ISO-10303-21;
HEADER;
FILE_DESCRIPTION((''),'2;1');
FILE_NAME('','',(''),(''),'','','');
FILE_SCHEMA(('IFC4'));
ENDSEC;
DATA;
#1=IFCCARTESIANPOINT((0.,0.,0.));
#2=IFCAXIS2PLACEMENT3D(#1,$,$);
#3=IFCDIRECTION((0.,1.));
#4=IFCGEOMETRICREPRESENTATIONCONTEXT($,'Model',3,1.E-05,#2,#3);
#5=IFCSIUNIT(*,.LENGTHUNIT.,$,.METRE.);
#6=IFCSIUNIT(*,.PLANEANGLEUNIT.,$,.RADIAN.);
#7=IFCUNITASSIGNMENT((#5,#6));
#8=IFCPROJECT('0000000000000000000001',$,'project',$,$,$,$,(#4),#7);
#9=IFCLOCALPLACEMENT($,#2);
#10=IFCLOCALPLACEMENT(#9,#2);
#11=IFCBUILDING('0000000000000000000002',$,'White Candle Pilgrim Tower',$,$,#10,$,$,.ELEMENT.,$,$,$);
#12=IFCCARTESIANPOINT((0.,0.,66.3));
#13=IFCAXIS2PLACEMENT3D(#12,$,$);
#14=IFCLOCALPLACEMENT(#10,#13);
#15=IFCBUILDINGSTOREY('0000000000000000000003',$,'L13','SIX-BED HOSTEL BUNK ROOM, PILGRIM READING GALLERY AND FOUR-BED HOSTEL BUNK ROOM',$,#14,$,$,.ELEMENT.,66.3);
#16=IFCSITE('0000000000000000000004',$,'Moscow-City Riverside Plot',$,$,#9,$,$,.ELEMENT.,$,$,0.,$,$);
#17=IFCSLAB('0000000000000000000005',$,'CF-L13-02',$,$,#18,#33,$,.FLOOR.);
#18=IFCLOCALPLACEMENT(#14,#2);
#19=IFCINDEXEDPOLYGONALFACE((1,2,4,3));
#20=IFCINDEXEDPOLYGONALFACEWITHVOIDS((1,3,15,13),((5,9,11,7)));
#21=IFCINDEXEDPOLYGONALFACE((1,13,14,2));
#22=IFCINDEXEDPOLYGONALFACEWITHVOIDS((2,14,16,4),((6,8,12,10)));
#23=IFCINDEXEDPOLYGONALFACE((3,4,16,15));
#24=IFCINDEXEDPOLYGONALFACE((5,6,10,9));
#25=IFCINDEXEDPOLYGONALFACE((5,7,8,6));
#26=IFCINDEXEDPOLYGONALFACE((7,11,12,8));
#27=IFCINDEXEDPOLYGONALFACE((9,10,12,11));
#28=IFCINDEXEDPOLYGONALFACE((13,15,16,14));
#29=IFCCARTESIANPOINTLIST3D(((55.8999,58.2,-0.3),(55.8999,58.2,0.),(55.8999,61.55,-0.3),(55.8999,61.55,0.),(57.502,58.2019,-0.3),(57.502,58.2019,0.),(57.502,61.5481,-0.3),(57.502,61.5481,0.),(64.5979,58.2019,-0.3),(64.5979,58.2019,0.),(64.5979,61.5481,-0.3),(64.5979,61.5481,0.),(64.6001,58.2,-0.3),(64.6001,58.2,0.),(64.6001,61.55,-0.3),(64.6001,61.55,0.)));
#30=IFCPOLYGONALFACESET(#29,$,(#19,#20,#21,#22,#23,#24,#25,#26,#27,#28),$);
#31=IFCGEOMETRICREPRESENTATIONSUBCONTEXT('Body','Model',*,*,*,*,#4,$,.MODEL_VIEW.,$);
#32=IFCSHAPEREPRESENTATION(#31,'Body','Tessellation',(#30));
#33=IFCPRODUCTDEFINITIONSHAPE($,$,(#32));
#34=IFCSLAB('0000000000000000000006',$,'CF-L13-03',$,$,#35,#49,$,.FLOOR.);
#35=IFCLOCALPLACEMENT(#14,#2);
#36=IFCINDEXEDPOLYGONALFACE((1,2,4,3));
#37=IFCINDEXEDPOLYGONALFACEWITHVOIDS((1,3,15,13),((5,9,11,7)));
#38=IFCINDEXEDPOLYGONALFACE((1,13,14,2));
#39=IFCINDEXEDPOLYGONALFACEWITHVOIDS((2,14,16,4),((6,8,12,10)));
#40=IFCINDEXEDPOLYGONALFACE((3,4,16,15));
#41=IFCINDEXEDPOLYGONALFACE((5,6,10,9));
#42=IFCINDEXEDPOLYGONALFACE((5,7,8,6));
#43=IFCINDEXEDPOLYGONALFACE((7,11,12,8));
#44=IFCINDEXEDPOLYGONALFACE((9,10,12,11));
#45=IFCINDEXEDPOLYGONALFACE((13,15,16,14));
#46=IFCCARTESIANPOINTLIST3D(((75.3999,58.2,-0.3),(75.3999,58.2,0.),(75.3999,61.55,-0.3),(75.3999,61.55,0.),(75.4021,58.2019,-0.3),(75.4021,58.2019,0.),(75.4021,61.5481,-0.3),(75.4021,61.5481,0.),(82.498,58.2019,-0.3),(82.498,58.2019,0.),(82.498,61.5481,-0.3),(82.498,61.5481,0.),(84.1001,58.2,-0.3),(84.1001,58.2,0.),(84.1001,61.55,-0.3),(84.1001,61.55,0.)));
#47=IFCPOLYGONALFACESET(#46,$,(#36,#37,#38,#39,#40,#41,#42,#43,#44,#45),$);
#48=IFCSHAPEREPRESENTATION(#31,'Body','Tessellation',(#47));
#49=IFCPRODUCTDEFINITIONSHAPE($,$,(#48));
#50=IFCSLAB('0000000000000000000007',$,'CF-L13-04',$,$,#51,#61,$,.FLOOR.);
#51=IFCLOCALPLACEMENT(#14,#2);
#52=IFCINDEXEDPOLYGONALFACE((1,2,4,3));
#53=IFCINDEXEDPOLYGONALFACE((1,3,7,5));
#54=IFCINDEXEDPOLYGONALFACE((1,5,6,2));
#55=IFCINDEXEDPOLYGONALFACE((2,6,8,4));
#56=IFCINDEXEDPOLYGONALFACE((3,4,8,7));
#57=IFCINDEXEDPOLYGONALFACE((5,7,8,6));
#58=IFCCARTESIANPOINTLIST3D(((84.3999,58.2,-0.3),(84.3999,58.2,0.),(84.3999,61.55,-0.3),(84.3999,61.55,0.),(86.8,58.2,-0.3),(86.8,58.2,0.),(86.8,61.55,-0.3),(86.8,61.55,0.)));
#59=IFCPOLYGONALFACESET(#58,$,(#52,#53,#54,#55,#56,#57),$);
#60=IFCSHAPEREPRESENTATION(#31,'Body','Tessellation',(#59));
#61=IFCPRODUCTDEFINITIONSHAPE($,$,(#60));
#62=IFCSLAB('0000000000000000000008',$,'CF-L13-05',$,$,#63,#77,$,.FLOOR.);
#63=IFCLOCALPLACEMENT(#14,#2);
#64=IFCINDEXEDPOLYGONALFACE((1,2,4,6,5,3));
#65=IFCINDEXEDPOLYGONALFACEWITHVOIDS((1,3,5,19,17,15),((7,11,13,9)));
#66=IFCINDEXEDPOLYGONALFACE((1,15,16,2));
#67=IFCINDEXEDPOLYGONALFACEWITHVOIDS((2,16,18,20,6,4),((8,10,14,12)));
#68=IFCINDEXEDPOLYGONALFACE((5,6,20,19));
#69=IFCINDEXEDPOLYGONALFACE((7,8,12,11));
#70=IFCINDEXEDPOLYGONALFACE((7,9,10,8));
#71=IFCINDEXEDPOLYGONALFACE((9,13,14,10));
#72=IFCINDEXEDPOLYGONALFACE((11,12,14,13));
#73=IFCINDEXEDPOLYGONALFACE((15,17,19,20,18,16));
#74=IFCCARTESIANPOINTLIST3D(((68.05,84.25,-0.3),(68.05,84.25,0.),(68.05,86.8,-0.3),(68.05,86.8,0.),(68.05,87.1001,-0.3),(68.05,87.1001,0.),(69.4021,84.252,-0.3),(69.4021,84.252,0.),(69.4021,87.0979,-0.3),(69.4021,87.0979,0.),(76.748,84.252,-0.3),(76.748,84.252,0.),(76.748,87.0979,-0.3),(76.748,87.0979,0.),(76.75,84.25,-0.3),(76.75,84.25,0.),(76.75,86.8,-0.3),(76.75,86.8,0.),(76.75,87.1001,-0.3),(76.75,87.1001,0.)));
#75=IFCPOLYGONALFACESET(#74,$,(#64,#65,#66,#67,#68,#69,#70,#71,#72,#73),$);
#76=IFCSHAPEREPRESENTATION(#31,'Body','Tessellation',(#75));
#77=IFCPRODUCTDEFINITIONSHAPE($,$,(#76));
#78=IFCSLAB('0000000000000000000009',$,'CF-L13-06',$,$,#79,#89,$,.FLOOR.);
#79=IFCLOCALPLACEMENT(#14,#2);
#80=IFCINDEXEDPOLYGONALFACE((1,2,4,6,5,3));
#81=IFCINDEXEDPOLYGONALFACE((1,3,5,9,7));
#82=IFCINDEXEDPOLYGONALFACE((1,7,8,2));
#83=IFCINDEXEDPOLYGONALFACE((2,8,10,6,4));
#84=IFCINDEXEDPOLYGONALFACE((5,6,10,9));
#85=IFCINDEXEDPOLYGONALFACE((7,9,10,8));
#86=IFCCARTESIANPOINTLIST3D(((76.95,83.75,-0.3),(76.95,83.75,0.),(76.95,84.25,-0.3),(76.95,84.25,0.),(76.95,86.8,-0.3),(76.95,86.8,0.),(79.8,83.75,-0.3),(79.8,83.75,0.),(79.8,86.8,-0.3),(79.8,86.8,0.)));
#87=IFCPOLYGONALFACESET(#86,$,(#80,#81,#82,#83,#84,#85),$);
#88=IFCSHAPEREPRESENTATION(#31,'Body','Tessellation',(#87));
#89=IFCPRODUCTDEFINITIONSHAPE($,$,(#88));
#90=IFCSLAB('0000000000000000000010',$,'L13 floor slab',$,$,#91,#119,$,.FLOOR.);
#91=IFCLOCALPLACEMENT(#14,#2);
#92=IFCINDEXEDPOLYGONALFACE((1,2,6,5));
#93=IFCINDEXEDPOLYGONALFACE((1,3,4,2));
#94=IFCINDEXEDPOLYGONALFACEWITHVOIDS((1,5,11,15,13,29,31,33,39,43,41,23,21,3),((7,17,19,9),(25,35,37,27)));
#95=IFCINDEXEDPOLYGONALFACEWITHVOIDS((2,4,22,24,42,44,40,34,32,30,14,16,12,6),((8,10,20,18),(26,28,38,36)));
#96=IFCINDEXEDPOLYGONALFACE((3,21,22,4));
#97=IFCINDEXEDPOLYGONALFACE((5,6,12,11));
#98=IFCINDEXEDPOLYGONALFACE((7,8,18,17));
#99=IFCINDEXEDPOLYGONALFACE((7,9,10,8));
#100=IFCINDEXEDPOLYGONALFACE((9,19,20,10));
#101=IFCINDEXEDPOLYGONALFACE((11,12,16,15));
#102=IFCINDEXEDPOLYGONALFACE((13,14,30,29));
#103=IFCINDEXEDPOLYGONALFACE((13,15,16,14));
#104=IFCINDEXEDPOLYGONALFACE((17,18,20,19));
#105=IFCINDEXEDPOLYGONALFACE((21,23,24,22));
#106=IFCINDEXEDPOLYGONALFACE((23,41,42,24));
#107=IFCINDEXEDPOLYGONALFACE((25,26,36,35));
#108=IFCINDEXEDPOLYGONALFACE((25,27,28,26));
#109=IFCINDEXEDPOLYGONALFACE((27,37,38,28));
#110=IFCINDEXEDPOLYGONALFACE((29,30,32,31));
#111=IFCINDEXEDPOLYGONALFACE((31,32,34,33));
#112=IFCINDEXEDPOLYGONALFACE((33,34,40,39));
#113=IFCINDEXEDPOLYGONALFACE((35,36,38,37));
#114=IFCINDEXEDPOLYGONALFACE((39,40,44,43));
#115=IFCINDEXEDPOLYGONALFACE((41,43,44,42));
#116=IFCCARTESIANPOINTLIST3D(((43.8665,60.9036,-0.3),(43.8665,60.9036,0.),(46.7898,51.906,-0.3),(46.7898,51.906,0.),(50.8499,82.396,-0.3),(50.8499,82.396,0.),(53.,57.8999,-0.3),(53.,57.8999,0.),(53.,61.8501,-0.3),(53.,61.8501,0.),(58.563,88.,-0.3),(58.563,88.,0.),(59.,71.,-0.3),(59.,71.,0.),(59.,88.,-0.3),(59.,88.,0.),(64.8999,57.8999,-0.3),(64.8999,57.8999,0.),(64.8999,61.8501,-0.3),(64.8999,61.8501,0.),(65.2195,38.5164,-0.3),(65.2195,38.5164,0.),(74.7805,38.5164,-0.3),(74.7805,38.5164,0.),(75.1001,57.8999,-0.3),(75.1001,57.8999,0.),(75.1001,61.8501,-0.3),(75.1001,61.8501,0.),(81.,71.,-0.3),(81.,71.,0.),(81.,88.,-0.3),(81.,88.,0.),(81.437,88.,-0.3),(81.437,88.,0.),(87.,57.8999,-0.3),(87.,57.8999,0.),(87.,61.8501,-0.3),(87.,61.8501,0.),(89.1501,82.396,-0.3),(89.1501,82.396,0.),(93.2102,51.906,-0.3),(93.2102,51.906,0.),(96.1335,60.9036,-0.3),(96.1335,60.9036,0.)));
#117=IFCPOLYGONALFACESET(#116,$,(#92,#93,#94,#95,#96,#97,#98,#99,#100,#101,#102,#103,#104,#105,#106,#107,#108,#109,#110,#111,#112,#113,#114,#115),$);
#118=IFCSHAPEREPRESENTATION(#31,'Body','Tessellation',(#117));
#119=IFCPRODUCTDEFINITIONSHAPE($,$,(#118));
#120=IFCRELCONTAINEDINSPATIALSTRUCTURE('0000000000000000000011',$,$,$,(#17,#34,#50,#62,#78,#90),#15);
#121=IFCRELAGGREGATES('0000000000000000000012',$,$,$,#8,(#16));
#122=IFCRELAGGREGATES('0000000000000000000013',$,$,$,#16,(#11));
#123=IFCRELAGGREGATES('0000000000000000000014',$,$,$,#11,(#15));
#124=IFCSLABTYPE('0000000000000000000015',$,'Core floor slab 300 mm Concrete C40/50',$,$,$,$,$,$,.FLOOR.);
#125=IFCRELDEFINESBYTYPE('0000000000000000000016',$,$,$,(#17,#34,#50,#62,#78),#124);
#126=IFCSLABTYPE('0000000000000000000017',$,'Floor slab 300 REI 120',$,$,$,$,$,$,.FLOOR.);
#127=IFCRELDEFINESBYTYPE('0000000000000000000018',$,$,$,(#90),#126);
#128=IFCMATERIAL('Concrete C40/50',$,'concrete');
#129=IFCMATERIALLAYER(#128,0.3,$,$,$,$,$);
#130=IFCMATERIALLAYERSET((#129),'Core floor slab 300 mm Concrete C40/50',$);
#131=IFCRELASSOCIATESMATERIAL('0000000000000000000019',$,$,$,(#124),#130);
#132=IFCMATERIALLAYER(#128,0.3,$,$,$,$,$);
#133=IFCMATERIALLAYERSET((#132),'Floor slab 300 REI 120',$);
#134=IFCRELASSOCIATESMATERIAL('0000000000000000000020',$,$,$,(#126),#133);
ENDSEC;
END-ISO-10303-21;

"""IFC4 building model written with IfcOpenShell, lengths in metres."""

from ifc_helpers import new_model, si_unit, direction, frame, origin, place, context, subcontext, project, spatial, polyline, outline, extrude, material, layer, layer_set, type_object, element, save


model = new_model("IFC4")

# Units and contexts
model_context = context("Model", 3, precision=1e-05, world=origin(), true_north=direction((0.0, 1.0)))
body_context = subcontext(model_context, "Body", "Model", "MODEL_VIEW")
ifc_project = project(units=[si_unit("LENGTHUNIT", "METRE"), si_unit("PLANEANGLEUNIT", "RADIAN")], contexts=[model_context])

# Site, building, storey
site_placement = place(None, origin())
site = spatial("IfcSite", under=ifc_project, at=site_placement, Name="Moscow-City Riverside Plot", CompositionType="ELEMENT", RefElevation=0.0)
building_placement = place(site_placement, origin())
building = spatial("IfcBuilding", under=site, at=building_placement, Name="White Candle Pilgrim Tower", CompositionType="ELEMENT")
storey_placement = place(building_placement, frame((0.0, 0.0, 66.3)))
storey = spatial("IfcBuildingStorey", under=building, at=storey_placement, Name="L13", Description="SIX-BED HOSTEL BUNK ROOM, PILGRIM READING GALLERY AND FOUR-BED HOSTEL BUNK ROOM", CompositionType="ELEMENT", Elevation=66.3)

# Slabs
ifc_material_1 = material(Name="Concrete C40/50", Category="concrete")
ifc_layer_1 = layer(ifc_material_1, 0.3)
ifc_layer_set_1 = layer_set([ifc_layer_1], Name="Core floor slab 300 mm Concrete C40/50")
slab_type_1 = type_object("IfcSlabType", Name="Core floor slab 300 mm Concrete C40/50", PredefinedType="FLOOR", material=ifc_layer_set_1)
slab_1_placement = place(storey_placement, frame((0.0, 0.0, -0.3)))
element("IfcSlab", 1, at=slab_1_placement, inside=storey, type_object=slab_type_1, Name="CF-L13-02", PredefinedType="FLOOR", context=body_context, shape_type="SweptSolid", body=[
    extrude(outline(polyline([(55.8999, 58.2), (55.8999, 61.55), (64.6001, 61.55), (64.6001, 58.2), (55.8999, 58.2)]), holes=[polyline([(57.502, 61.5481), (57.502, 58.2019), (64.5979, 58.2019), (64.5979, 61.5481), (57.502, 61.5481)])]), origin(), (0.0, 0.0, 1.0), 0.3),
])
slab_2_placement = place(storey_placement, frame((0.0, 0.0, -0.3)))
element("IfcSlab", 2, at=slab_2_placement, inside=storey, type_object=slab_type_1, Name="CF-L13-03", PredefinedType="FLOOR", context=body_context, shape_type="SweptSolid", body=[
    extrude(outline(polyline([(75.3999, 58.2), (75.3999, 61.55), (84.1001, 61.55), (84.1001, 58.2), (75.3999, 58.2)]), holes=[polyline([(82.498, 58.2019), (82.498, 61.5481), (75.4021, 61.5481), (75.4021, 58.2019), (82.498, 58.2019)])]), origin(), (0.0, 0.0, 1.0), 0.3),
])
slab_3_placement = place(storey_placement, frame((0.0, 0.0, -0.3)))
element("IfcSlab", 3, at=slab_3_placement, inside=storey, type_object=slab_type_1, Name="CF-L13-04", PredefinedType="FLOOR", context=body_context, shape_type="SweptSolid", body=[
    extrude(outline(polyline([(86.8, 58.2), (84.3999, 58.2), (84.3999, 61.55), (86.8, 61.55), (86.8, 58.2)])), origin(), (0.0, 0.0, 1.0), 0.3),
])
slab_4_placement = place(storey_placement, frame((0.0, 0.0, -0.3)))
element("IfcSlab", 4, at=slab_4_placement, inside=storey, type_object=slab_type_1, Name="CF-L13-05", PredefinedType="FLOOR", context=body_context, shape_type="SweptSolid", body=[
    extrude(outline(polyline([(76.75, 87.1001), (76.75, 86.8), (76.75, 84.25), (68.05, 84.25), (68.05, 86.8), (68.05, 87.1001), (76.75, 87.1001)]), holes=[polyline([(69.4021, 87.0979), (69.4021, 84.252), (76.748, 84.252), (76.748, 87.0979), (69.4021, 87.0979)])]), origin(), (0.0, 0.0, 1.0), 0.3),
])
slab_5_placement = place(storey_placement, frame((0.0, 0.0, -0.3)))
element("IfcSlab", 5, at=slab_5_placement, inside=storey, type_object=slab_type_1, Name="CF-L13-06", PredefinedType="FLOOR", context=body_context, shape_type="SweptSolid", body=[
    extrude(outline(polyline([(79.8, 86.8), (79.8, 83.75), (76.95, 83.75), (76.95, 84.25), (76.95, 86.8), (79.8, 86.8)])), origin(), (0.0, 0.0, 1.0), 0.3),
])
ifc_layer_2 = layer(ifc_material_1, 0.3)
ifc_layer_set_2 = layer_set([ifc_layer_2], Name="Floor slab 300 REI 120")
slab_type_2 = type_object("IfcSlabType", Name="Floor slab 300 REI 120", PredefinedType="FLOOR", material=ifc_layer_set_2)
slab_6_placement = place(storey_placement, frame((0.0, 0.0, -0.3)))
element("IfcSlab", 6, at=slab_6_placement, inside=storey, type_object=slab_type_2, Name="L13 floor slab", PredefinedType="FLOOR", context=body_context, shape_type="SweptSolid", body=[
    extrude(outline(polyline([(65.2195, 38.5164), (74.7805, 38.5164), (93.2102, 51.906), (96.1335, 60.9036), (89.1501, 82.396), (81.437, 88.0), (81.0, 88.0), (81.0, 71.0), (59.0, 71.0), (59.0, 88.0), (58.563, 88.0), (50.8499, 82.396), (43.8665, 60.9036), (46.7898, 51.906), (65.2195, 38.5164)]), holes=[polyline([(53.0, 57.8999), (53.0, 61.8501), (64.8999, 61.8501), (64.8999, 57.8999), (53.0, 57.8999)]), polyline([(75.1001, 57.8999), (75.1001, 61.8501), (87.0, 61.8501), (87.0, 57.8999), (75.1001, 57.8999)])]), origin(), (0.0, 0.0, 1.0), 0.3),
])

save(model, "model.ifc")
